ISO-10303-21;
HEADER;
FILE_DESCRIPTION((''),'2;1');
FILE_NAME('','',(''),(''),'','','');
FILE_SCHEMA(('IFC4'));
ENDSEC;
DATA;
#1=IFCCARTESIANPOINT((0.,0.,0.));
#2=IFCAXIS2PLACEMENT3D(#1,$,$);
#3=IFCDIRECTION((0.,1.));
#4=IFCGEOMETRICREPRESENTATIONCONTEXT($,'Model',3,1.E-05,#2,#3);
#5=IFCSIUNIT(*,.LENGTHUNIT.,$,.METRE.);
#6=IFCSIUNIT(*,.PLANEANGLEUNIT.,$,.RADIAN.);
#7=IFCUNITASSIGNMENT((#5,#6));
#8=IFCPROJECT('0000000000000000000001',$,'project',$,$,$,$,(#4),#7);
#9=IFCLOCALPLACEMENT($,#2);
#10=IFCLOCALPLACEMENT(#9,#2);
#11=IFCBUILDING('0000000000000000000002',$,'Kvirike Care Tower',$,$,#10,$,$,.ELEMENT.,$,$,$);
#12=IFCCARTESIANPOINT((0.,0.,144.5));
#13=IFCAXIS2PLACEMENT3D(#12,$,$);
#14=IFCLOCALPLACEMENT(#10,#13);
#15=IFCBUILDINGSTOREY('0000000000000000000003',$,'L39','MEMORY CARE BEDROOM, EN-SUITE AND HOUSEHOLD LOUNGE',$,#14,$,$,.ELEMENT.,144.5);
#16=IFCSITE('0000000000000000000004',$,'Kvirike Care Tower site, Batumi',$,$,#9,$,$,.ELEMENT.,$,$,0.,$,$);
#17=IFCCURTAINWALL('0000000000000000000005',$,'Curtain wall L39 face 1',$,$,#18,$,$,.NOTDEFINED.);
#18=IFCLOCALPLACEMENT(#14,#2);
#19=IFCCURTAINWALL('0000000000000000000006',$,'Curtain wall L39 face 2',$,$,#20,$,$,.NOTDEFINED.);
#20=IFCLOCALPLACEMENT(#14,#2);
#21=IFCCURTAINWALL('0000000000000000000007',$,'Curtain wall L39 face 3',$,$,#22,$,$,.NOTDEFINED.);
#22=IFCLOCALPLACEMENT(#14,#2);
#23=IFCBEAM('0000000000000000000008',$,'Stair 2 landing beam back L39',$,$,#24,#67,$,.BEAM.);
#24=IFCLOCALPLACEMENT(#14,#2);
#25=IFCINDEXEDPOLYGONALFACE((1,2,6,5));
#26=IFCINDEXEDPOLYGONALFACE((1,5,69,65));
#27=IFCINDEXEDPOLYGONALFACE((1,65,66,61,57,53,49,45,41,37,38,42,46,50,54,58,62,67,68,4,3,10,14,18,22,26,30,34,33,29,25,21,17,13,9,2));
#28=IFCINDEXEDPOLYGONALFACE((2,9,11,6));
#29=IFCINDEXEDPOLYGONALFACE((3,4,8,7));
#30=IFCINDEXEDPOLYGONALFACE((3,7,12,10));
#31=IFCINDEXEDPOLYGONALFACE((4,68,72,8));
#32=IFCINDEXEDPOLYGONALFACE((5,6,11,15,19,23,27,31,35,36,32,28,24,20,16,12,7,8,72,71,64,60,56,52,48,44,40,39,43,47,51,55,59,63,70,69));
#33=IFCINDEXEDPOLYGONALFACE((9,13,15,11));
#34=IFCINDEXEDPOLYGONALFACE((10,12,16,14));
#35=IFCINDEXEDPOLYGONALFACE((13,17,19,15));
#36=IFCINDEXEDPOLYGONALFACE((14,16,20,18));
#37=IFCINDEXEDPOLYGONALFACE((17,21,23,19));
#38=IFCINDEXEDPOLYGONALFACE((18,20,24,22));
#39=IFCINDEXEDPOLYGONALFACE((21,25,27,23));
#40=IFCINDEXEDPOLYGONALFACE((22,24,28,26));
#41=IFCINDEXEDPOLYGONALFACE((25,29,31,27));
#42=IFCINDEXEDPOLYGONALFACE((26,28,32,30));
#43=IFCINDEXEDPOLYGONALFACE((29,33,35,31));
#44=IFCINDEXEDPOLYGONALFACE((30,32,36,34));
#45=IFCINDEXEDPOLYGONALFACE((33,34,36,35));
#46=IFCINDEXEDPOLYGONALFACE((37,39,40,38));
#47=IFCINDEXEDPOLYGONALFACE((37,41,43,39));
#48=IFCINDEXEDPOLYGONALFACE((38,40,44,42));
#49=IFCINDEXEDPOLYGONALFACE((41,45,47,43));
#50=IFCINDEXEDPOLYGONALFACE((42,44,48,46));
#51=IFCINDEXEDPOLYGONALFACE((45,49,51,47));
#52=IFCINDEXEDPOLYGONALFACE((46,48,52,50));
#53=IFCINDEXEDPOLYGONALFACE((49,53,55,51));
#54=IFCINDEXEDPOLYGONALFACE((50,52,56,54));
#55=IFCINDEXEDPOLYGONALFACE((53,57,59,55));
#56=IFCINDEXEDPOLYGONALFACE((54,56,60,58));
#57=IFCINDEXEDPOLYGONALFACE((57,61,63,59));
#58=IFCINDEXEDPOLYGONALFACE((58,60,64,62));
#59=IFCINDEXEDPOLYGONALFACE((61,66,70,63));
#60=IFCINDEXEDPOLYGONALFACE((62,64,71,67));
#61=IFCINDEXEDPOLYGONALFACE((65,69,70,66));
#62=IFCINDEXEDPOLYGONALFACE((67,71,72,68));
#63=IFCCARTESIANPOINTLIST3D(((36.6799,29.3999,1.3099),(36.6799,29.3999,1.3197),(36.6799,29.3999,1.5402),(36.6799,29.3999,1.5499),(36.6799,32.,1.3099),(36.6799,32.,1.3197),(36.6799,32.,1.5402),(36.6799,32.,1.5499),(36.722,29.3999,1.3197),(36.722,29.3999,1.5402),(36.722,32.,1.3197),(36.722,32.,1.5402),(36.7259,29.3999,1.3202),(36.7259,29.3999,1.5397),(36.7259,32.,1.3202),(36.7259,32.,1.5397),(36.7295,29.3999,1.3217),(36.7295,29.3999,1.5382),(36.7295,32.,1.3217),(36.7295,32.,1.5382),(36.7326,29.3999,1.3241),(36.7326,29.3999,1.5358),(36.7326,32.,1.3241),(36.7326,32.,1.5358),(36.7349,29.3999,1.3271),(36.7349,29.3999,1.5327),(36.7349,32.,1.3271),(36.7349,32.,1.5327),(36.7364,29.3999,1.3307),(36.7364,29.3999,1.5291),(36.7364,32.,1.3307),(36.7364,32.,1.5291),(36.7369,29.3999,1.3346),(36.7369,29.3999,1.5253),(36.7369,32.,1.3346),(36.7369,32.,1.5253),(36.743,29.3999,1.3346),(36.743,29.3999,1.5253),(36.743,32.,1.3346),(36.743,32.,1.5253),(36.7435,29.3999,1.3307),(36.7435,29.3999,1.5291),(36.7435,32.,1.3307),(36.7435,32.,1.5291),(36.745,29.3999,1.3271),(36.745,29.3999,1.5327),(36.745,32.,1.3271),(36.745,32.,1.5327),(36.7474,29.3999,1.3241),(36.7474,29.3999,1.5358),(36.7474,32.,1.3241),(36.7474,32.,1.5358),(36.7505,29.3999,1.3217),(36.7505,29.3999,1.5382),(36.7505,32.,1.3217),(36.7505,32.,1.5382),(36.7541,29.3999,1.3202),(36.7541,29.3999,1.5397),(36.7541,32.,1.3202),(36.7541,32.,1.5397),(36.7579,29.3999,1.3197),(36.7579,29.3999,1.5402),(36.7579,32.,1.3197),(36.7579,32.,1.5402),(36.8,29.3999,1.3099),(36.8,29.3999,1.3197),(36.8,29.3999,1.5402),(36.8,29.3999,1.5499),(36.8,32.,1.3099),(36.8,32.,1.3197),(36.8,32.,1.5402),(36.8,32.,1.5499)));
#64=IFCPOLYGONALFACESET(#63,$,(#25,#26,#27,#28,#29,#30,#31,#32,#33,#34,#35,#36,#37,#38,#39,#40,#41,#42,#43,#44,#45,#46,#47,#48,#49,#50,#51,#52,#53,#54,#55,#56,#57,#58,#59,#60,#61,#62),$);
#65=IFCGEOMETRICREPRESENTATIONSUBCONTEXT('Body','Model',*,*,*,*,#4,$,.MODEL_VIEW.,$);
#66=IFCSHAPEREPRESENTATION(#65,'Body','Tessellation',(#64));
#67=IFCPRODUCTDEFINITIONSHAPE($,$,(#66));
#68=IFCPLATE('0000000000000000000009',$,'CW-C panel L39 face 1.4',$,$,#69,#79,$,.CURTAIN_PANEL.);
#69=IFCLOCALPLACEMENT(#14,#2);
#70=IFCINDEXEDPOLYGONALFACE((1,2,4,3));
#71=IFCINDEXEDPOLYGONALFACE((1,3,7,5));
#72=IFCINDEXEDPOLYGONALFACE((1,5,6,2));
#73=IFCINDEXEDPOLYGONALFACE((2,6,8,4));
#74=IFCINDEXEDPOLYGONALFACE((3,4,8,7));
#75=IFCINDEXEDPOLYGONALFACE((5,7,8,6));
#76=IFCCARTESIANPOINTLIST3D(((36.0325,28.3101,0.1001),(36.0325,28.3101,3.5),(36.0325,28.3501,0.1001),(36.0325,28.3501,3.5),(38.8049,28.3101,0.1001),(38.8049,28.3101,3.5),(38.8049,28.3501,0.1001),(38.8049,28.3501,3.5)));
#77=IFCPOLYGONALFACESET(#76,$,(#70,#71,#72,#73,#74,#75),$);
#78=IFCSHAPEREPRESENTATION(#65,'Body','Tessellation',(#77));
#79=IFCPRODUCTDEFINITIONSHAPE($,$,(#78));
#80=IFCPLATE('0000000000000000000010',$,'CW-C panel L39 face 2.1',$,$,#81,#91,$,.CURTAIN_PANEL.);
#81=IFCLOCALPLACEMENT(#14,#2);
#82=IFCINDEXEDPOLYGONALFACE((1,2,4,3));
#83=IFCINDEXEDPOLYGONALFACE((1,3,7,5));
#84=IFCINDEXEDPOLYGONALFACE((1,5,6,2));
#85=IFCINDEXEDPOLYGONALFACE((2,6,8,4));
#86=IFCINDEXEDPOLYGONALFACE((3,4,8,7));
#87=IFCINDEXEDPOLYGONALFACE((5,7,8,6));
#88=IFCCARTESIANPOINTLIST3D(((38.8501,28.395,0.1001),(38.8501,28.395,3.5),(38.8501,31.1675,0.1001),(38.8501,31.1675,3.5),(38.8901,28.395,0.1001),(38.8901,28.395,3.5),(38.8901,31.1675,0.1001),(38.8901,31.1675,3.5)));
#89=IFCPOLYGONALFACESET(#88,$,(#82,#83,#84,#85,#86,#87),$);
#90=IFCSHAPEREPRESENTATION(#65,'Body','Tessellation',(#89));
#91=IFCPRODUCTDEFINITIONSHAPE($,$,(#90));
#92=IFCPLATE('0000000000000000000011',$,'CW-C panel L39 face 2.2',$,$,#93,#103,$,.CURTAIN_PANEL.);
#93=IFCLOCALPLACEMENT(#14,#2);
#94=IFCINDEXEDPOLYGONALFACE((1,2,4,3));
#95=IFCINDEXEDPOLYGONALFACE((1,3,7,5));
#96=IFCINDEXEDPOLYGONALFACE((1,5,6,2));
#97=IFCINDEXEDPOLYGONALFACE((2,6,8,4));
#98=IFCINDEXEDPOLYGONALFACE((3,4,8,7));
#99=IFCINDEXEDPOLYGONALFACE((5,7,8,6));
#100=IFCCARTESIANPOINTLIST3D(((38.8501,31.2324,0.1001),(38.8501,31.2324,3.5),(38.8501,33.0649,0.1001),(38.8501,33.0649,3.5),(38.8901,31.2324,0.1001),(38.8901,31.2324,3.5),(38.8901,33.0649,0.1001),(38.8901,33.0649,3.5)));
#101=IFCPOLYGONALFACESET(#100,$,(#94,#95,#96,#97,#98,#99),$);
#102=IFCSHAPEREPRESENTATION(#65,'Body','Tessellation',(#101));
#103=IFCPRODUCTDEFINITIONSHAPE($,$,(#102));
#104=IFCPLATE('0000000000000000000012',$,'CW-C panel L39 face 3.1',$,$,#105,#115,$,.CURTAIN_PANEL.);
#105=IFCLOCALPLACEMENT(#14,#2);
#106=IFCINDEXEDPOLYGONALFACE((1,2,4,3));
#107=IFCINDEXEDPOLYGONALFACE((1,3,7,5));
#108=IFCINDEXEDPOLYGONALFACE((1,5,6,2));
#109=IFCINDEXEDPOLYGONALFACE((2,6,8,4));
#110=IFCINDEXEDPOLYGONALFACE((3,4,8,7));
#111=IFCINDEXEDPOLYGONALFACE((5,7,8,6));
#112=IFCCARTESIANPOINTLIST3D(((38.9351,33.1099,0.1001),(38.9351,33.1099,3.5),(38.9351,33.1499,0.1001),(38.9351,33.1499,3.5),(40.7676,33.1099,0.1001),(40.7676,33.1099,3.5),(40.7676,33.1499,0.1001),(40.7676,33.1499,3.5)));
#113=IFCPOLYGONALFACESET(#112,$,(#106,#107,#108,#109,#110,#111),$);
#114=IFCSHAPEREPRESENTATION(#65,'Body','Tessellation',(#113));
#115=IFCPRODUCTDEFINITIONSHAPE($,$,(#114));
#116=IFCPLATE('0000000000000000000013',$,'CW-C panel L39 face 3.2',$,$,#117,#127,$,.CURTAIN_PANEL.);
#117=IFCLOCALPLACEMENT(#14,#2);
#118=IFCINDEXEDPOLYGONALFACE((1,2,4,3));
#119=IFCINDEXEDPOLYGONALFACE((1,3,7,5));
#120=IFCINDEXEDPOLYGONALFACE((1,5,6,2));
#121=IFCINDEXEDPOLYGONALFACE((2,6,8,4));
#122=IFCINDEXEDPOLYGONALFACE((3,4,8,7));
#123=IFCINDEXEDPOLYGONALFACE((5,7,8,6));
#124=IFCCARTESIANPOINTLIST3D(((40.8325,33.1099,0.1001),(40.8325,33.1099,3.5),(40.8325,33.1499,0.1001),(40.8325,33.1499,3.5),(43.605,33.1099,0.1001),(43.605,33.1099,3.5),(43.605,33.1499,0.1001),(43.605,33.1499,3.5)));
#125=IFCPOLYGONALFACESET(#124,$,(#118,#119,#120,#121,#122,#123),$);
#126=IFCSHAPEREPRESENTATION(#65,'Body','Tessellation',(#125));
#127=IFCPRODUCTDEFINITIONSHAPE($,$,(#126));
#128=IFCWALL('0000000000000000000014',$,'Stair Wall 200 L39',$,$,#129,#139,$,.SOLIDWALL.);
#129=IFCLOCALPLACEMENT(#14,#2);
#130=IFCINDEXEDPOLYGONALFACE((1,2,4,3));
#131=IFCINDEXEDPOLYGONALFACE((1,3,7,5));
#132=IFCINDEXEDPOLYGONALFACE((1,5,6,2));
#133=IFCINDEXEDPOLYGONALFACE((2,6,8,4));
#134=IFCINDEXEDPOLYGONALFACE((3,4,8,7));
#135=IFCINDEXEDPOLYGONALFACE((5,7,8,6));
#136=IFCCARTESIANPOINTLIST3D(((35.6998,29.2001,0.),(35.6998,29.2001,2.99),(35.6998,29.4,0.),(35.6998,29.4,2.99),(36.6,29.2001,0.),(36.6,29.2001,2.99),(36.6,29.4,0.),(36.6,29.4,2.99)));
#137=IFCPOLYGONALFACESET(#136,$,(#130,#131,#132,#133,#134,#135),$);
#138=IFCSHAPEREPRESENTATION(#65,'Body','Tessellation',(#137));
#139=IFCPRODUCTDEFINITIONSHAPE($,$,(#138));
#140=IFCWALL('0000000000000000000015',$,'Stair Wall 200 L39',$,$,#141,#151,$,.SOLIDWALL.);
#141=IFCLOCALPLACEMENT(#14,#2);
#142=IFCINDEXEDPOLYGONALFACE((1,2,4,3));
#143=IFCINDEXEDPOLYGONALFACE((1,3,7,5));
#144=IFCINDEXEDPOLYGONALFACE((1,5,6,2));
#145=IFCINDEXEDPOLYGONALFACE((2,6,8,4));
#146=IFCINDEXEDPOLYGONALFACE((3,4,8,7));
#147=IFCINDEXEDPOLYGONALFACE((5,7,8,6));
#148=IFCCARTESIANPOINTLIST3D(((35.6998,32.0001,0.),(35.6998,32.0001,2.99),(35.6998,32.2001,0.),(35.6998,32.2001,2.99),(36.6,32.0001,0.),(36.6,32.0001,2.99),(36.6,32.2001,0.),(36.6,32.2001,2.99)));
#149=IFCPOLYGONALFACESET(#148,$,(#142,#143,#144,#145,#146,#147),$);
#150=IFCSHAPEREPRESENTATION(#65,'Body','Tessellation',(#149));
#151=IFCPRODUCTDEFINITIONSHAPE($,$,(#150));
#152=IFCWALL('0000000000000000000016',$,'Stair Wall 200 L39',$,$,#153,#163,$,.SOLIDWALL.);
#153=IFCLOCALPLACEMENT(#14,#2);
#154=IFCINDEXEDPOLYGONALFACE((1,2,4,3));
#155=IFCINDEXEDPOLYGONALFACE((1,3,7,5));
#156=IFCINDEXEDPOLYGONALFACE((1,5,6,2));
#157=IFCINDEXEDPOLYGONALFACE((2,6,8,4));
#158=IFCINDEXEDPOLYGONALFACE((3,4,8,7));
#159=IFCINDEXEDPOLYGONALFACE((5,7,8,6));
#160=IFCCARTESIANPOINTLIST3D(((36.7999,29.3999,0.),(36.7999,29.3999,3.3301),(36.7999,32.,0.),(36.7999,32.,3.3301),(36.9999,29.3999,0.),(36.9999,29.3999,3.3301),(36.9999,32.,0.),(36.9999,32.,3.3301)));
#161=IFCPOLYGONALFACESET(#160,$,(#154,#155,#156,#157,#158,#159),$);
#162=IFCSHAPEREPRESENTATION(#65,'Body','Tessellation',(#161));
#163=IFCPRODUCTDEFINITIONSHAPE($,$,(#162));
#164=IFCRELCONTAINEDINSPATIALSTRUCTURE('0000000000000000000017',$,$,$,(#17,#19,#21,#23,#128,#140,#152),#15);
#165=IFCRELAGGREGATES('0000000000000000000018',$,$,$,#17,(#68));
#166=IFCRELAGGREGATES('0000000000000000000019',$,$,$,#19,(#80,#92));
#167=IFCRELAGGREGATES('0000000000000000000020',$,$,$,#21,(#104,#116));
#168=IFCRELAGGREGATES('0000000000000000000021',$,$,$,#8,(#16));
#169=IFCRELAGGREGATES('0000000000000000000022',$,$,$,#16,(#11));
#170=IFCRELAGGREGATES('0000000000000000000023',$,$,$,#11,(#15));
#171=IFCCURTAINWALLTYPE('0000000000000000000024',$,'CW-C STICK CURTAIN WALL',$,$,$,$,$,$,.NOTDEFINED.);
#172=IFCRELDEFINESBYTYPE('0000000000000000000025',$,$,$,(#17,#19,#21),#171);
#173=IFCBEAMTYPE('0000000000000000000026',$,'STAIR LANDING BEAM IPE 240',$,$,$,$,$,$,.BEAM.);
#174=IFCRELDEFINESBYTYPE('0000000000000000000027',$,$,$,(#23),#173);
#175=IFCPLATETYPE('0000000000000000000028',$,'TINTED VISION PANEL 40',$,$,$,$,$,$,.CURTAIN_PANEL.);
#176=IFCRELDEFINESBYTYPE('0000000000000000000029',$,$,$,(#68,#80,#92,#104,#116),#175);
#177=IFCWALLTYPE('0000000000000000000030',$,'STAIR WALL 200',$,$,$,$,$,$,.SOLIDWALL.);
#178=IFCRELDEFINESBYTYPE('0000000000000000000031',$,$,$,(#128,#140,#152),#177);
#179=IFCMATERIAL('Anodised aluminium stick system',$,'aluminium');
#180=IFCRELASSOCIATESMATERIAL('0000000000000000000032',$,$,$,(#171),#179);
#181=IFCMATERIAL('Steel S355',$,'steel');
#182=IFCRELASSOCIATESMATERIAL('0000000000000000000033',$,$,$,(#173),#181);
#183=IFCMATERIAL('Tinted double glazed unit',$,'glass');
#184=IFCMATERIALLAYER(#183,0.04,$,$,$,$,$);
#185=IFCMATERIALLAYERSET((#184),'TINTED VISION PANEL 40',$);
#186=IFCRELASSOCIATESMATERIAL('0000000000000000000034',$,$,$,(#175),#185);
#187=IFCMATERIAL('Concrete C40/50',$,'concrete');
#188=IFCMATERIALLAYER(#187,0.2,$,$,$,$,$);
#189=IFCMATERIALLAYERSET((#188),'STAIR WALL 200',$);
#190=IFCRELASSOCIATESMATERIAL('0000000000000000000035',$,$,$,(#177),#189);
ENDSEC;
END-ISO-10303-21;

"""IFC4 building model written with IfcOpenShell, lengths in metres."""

from ifc_helpers import new_model, si_unit, direction, frame, frame_2d, origin, origin_2d, place, context, subcontext, project, spatial, rectangle, i_section, extrude, material, layer, layer_set, material_profile, profile_set, type_object, element, aggregate, save


model = new_model("IFC4")

# Units and contexts
model_context = context("Model", 3, precision=1e-05, world=origin(), true_north=direction((0.0, 1.0)))
body_context = subcontext(model_context, "Body", "Model", "MODEL_VIEW")
ifc_project = project(units=[si_unit("LENGTHUNIT", "METRE"), si_unit("PLANEANGLEUNIT", "RADIAN")], contexts=[model_context])

# Site, building, storey
site_placement = place(None, origin())
site = spatial("IfcSite", under=ifc_project, at=site_placement, Name="Kvirike Care Tower site, Batumi", CompositionType="ELEMENT", RefElevation=0.0)
building_placement = place(site_placement, origin())
building = spatial("IfcBuilding", under=site, at=building_placement, Name="Kvirike Care Tower", CompositionType="ELEMENT")
storey_placement = place(building_placement, frame((0.0, 0.0, 144.5)))
storey = spatial("IfcBuildingStorey", under=building, at=storey_placement, Name="L39", Description="MEMORY CARE BEDROOM, EN-SUITE AND HOUSEHOLD LOUNGE", CompositionType="ELEMENT", Elevation=144.5)

# Curtain walls
ifc_material_1 = material(Name="Anodised aluminium stick system", Category="aluminium")
curtain_wall_type = type_object("IfcCurtainWallType", Name="CW-C STICK CURTAIN WALL", PredefinedType="NOTDEFINED", material=ifc_material_1)
curtain_wall_1_placement = place(storey_placement, origin())
curtain_wall_1 = element("IfcCurtainWall", 1, at=curtain_wall_1_placement, inside=storey, type_object=curtain_wall_type, Name="Curtain wall L39 face 1", PredefinedType="NOTDEFINED")
curtain_wall_2_placement = place(storey_placement, origin())
curtain_wall_2 = element("IfcCurtainWall", 2, at=curtain_wall_2_placement, inside=storey, type_object=curtain_wall_type, Name="Curtain wall L39 face 2", PredefinedType="NOTDEFINED")
curtain_wall_3_placement = place(storey_placement, origin())
curtain_wall_3 = element("IfcCurtainWall", 3, at=curtain_wall_3_placement, inside=storey, type_object=curtain_wall_type, Name="Curtain wall L39 face 3", PredefinedType="NOTDEFINED")

# Beam
ifc_material_2 = material(Name="Steel S355", Category="steel")
ifc_material_profile_1 = material_profile(ifc_material_2, i_section(OverallWidth=0.1201, OverallDepth=0.24, WebThickness=0.0061, FlangeThickness=0.0098, FilletRadius=0.0149, at=origin_2d()), Name="IPE 240")
ifc_profile_set_1 = profile_set([ifc_material_profile_1], Name="Steel S355")
beam_type_1 = type_object("IfcBeamType", Name="STAIR LANDING BEAM IPE 240", PredefinedType="BEAM", material=ifc_profile_set_1)
beam_placement = place(storey_placement, frame((36.74, 29.3999, 1.4299), z_axis=(0.0, 1.0, 0.0), x_axis=(-1.0, 0.0, 0.0)))
element("IfcBeam", 4, at=beam_placement, inside=storey, type_object=beam_type_1, Name="Stair 2 landing beam back L39", PredefinedType="BEAM", context=body_context, shape_type="SweptSolid", body=[
    extrude(i_section(OverallWidth=0.1201, OverallDepth=0.24, WebThickness=0.0061, FlangeThickness=0.0098, FilletRadius=0.0149, at=origin_2d()), origin(), (0.0, 0.0, 1.0), 2.6001),
])

# Plates
ifc_material_3 = material(Name="Tinted double glazed unit", Category="glass")
ifc_layer_1 = layer(ifc_material_3, 0.04)
ifc_layer_set_1 = layer_set([ifc_layer_1], Name="TINTED VISION PANEL 40")
plate_type = type_object("IfcPlateType", Name="TINTED VISION PANEL 40", PredefinedType="CURTAIN_PANEL", material=ifc_layer_set_1)
plate_1_placement = place(storey_placement, frame((37.4187, 28.3301, 0.1001), z_axis=(0.0, 0.0, 1.0), x_axis=(1.0, 0.0, 0.0)))
plate_1 = element("IfcPlate", 5, at=plate_1_placement, type_object=plate_type, Name="CW-C panel L39 face 1.4", PredefinedType="CURTAIN_PANEL", context=body_context, shape_type="SweptSolid", body=[
    extrude(rectangle(XDim=2.7725, YDim=0.04, at=origin_2d()), origin(), (0.0, 0.0, 1.0), 3.3999),
])
aggregate(curtain_wall_1, [plate_1])
plate_2_placement = place(storey_placement, frame((38.8701, 29.7812, 0.1001), z_axis=(0.0, 0.0, 1.0), x_axis=(0.0, 1.0, 0.0)))
plate_2 = element("IfcPlate", 6, at=plate_2_placement, type_object=plate_type, Name="CW-C panel L39 face 2.1", PredefinedType="CURTAIN_PANEL", context=body_context, shape_type="SweptSolid", body=[
    extrude(rectangle(XDim=2.7725, YDim=0.04, at=origin_2d()), origin(), (0.0, 0.0, 1.0), 3.3999),
])
plate_3_placement = place(storey_placement, frame((38.8701, 32.1487, 0.1001), z_axis=(0.0, 0.0, 1.0), x_axis=(0.0, 1.0, 0.0)))
plate_3 = element("IfcPlate", 7, at=plate_3_placement, type_object=plate_type, Name="CW-C panel L39 face 2.2", PredefinedType="CURTAIN_PANEL", context=body_context, shape_type="SweptSolid", body=[
    extrude(rectangle(XDim=1.8325, YDim=0.04, at=origin_2d()), origin(), (0.0, 0.0, 1.0), 3.3999),
])
aggregate(curtain_wall_2, [plate_2, plate_3])
plate_4_placement = place(storey_placement, frame((39.8513, 33.1299, 0.1001), z_axis=(0.0, 0.0, 1.0), x_axis=(1.0, 0.0, 0.0)))
plate_4 = element("IfcPlate", 8, at=plate_4_placement, type_object=plate_type, Name="CW-C panel L39 face 3.1", PredefinedType="CURTAIN_PANEL", context=body_context, shape_type="SweptSolid", body=[
    extrude(rectangle(XDim=1.8325, YDim=0.04, at=origin_2d()), origin(), (0.0, 0.0, 1.0), 3.3999),
])
plate_5_placement = place(storey_placement, frame((42.2188, 33.1299, 0.1001), z_axis=(0.0, 0.0, 1.0), x_axis=(1.0, 0.0, 0.0)))
plate_5 = element("IfcPlate", 9, at=plate_5_placement, type_object=plate_type, Name="CW-C panel L39 face 3.2", PredefinedType="CURTAIN_PANEL", context=body_context, shape_type="SweptSolid", body=[
    extrude(rectangle(XDim=2.7725, YDim=0.04, at=origin_2d()), origin(), (0.0, 0.0, 1.0), 3.3999),
])
aggregate(curtain_wall_3, [plate_4, plate_5])

# Walls
ifc_material_4 = material(Name="Concrete C40/50", Category="concrete")
ifc_layer_2 = layer(ifc_material_4, 0.2)
ifc_layer_set_2 = layer_set([ifc_layer_2], Name="STAIR WALL 200")
wall_type = type_object("IfcWallType", Name="STAIR WALL 200", PredefinedType="SOLIDWALL", material=ifc_layer_set_2)
for number, where, z_axis, x_axis, name in (
    (10, (36.6001, 29.3, 0.0), (0.0, 0.0, 1.0), (-1.0, 0.0, 0.0), "Stair Wall 200 L39"),
    (11, (36.6001, 32.1001, 0.0), (0.0, 0.0, 1.0), (-1.0, 0.0, 0.0), "Stair Wall 200 L39"),
):
    element("IfcWall", number, at=place(storey_placement, frame(where, z_axis=z_axis, x_axis=x_axis)), inside=storey, type_object=wall_type, Name=name, PredefinedType="SOLIDWALL", context=body_context, shape_type="SweptSolid", body=[
        extrude(rectangle(XDim=0.9001, YDim=0.2, at=frame_2d((0.4502, 0.0))), origin(), (0.0, 0.0, 1.0), 2.99),
    ])
wall_placement = place(storey_placement, frame((36.8999, 29.3999, 0.0), z_axis=(0.0, 0.0, 1.0), x_axis=(0.0, 1.0, 0.0)))
element("IfcWall", 12, at=wall_placement, inside=storey, type_object=wall_type, Name="Stair Wall 200 L39", PredefinedType="SOLIDWALL", context=body_context, shape_type="SweptSolid", body=[
    extrude(rectangle(XDim=2.6001, YDim=0.2, at=frame_2d((1.3, 0.0))), origin(), (0.0, 0.0, 1.0), 3.3301),
])

save(model, "model.ifc")
